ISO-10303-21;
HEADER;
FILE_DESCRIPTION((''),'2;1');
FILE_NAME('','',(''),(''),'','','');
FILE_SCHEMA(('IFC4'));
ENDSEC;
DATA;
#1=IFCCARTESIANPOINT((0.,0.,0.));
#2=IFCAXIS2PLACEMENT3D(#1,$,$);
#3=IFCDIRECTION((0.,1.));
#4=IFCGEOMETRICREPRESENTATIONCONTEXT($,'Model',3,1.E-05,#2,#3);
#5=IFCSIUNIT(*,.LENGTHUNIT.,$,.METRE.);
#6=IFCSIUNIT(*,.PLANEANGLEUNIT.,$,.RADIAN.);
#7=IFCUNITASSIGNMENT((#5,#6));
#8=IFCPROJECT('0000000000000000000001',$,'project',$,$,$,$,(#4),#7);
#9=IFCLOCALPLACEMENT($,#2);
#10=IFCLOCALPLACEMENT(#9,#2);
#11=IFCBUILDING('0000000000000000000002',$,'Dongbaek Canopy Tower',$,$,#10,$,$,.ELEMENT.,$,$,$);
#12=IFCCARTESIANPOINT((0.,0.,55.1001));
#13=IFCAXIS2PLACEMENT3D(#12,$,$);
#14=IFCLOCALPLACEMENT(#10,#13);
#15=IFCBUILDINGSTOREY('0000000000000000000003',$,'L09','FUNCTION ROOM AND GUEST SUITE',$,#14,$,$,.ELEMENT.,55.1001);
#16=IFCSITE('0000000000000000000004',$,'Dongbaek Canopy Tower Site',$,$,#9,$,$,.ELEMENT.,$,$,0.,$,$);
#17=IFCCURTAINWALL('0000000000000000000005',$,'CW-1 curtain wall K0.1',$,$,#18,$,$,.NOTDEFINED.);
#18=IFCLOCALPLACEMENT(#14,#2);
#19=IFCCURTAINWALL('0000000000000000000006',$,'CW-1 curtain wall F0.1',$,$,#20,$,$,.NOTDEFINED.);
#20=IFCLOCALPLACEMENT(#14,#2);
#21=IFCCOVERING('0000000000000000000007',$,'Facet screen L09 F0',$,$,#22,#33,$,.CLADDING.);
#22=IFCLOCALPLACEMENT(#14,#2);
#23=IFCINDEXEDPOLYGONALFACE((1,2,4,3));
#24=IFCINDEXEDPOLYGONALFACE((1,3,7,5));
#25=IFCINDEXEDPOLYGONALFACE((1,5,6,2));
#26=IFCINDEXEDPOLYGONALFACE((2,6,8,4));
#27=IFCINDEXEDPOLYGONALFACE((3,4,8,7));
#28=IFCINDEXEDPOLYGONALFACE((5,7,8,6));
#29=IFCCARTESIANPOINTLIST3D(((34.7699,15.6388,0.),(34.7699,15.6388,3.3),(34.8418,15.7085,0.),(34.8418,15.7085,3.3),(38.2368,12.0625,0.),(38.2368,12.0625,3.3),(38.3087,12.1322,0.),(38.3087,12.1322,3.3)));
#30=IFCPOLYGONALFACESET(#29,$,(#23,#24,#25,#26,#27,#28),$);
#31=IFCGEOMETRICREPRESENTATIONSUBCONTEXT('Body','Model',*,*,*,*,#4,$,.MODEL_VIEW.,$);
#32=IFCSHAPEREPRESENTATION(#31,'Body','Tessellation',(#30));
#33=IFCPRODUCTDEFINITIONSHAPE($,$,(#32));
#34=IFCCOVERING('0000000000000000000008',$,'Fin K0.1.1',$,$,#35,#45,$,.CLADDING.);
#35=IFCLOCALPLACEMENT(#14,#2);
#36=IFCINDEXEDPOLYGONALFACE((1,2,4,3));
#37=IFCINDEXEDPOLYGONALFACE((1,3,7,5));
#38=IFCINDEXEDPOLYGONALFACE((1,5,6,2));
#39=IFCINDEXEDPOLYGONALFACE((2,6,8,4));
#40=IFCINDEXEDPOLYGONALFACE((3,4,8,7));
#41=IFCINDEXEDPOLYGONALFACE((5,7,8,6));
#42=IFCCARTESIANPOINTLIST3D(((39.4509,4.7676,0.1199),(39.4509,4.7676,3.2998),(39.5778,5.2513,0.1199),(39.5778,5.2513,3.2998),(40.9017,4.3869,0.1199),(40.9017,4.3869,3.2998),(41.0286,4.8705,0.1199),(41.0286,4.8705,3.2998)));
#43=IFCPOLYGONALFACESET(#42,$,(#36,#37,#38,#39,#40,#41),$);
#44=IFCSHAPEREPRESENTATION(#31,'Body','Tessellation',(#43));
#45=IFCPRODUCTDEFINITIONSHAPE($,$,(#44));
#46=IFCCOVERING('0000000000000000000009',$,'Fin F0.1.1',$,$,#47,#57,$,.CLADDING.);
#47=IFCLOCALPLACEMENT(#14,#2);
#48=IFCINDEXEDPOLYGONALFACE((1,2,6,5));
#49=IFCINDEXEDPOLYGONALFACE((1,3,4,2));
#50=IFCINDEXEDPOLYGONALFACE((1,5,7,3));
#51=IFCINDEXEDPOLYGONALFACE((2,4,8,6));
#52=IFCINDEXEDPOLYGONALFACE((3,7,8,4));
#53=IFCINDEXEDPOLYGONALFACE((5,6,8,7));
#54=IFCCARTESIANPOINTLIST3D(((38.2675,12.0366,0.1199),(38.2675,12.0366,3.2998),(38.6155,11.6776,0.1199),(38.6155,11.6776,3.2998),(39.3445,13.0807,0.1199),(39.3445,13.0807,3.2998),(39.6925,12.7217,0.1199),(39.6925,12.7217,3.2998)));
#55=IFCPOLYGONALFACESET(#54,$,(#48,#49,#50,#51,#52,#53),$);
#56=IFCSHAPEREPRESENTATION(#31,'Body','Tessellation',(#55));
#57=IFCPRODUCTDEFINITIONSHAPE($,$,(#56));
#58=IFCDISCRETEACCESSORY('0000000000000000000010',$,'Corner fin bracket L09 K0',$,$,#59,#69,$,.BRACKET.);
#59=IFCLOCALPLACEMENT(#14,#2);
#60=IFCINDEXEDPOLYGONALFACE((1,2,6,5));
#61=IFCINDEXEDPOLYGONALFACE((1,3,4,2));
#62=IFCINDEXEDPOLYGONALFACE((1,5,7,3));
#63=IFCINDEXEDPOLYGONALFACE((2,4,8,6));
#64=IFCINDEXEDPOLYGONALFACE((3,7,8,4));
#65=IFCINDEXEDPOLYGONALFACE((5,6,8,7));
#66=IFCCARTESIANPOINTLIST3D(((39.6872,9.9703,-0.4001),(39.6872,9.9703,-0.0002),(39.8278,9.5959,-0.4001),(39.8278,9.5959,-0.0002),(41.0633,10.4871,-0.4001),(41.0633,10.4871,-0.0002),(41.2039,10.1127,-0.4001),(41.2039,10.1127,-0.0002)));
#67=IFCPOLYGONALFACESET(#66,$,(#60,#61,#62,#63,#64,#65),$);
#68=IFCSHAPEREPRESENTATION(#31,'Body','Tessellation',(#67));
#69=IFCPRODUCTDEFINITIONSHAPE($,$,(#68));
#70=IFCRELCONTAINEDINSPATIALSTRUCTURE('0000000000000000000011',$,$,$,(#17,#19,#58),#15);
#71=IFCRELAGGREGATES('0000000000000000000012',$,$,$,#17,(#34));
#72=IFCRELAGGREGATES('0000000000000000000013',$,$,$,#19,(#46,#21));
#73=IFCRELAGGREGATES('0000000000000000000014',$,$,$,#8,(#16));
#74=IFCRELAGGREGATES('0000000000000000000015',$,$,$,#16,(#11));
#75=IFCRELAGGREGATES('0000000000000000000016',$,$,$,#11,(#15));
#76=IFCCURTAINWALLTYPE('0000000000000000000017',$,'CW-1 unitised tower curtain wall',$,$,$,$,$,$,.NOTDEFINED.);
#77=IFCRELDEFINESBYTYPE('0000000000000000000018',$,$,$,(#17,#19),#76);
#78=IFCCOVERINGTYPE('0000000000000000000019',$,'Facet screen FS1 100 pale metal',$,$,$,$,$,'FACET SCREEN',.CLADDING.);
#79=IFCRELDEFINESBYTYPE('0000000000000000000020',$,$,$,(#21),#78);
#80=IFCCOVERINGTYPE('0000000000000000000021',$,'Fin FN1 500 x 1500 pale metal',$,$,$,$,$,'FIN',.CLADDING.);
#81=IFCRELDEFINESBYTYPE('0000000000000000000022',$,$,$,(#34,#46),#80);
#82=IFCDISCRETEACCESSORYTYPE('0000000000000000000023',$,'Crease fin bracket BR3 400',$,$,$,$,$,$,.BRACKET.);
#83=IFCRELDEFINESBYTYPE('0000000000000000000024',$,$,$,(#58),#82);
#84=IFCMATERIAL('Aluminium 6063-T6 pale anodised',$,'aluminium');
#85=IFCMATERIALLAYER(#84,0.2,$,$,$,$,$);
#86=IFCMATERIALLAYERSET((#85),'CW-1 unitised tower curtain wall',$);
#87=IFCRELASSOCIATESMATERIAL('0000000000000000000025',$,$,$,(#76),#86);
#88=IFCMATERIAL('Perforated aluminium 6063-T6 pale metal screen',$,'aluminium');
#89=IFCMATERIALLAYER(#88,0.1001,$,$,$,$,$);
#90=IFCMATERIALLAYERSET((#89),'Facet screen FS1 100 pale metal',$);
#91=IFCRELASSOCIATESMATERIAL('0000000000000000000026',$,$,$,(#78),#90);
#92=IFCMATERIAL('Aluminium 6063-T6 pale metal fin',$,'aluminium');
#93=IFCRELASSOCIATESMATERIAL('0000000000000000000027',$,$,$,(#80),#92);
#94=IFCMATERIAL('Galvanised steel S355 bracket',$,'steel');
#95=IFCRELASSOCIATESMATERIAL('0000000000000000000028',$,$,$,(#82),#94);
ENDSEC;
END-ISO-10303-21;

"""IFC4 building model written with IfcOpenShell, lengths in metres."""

from ifc_helpers import new_model, si_unit, direction, frame, origin, origin_2d, place, context, subcontext, project, spatial, rectangle, extrude, material, layer, layer_set, material_profile, profile_set, type_object, element, aggregate, save


model = new_model("IFC4")

# Units and contexts
model_context = context("Model", 3, precision=1e-05, world=origin(), true_north=direction((0.0, 1.0)))
body_context = subcontext(model_context, "Body", "Model", "MODEL_VIEW")
ifc_project = project(units=[si_unit("LENGTHUNIT", "METRE"), si_unit("PLANEANGLEUNIT", "RADIAN")], contexts=[model_context])

# Site, building, storey
site_placement = place(None, origin())
site = spatial("IfcSite", under=ifc_project, at=site_placement, Name="Dongbaek Canopy Tower Site", CompositionType="ELEMENT", RefElevation=0.0)
building_placement = place(site_placement, origin())
building = spatial("IfcBuilding", under=site, at=building_placement, Name="Dongbaek Canopy Tower", CompositionType="ELEMENT")
storey_placement = place(building_placement, frame((0.0, 0.0, 55.1001)))
storey = spatial("IfcBuildingStorey", under=building, at=storey_placement, Name="L09", Description="FUNCTION ROOM AND GUEST SUITE", CompositionType="ELEMENT", Elevation=55.1001)

# Curtain wall
ifc_material_1 = material(Name="Aluminium 6063-T6 pale anodised", Category="aluminium")
ifc_layer_1 = layer(ifc_material_1, 0.2)
ifc_layer_set_1 = layer_set([ifc_layer_1], Name="CW-1 unitised tower curtain wall")
curtain_wall_type = type_object("IfcCurtainWallType", Name="CW-1 unitised tower curtain wall", PredefinedType="NOTDEFINED", material=ifc_layer_set_1)
curtain_wall_1_placement = place(storey_placement, origin())
curtain_wall_1 = element("IfcCurtainWall", 1, at=curtain_wall_1_placement, inside=storey, type_object=curtain_wall_type, Name="CW-1 curtain wall K0.1", PredefinedType="NOTDEFINED")

# Curtain wall
curtain_wall_2_placement = place(storey_placement, origin())
curtain_wall_2 = element("IfcCurtainWall", 2, at=curtain_wall_2_placement, inside=storey, type_object=curtain_wall_type, Name="CW-1 curtain wall F0.1", PredefinedType="NOTDEFINED")

# Coverings
ifc_material_2 = material(Name="Perforated aluminium 6063-T6 pale metal screen", Category="aluminium")
ifc_layer_2 = layer(ifc_material_2, 0.1001)
ifc_layer_set_2 = layer_set([ifc_layer_2], Name="Facet screen FS1 100 pale metal")
covering_type_1 = type_object("IfcCoveringType", Name="Facet screen FS1 100 pale metal", ElementType="FACET SCREEN", PredefinedType="CLADDING", material=ifc_layer_set_2)
covering_1_placement = place(storey_placement, frame((36.5393, 13.8855, 0.0), z_axis=(0.0, 0.0, 1.0), x_axis=(-0.696039, 0.718004, 0.0)))
covering_1 = element("IfcCovering", 3, at=covering_1_placement, type_object=covering_type_1, Name="Facet screen L09 F0", PredefinedType="CLADDING", context=body_context, shape_type="SweptSolid", body=[
    extrude(rectangle(XDim=4.981, YDim=0.1001, at=origin_2d()), origin(), (0.0, 0.0, 1.0), 3.3),
])
ifc_material_3 = material(Name="Aluminium 6063-T6 pale metal fin", Category="aluminium")
ifc_material_profile_1 = material_profile(ifc_material_3, rectangle(XDim=1.5, YDim=0.5, at=origin_2d()), Name="Fin FN1 500 x 1500 pale metal")
ifc_profile_set_1 = profile_set([ifc_material_profile_1], Name="Aluminium 6063-T6 pale metal fin")
covering_type_2 = type_object("IfcCoveringType", Name="Fin FN1 500 x 1500 pale metal", ElementType="FIN", PredefinedType="CLADDING", material=ifc_profile_set_1)
covering_2_placement = place(storey_placement, frame((40.2397, 4.8191, 0.1199), z_axis=(0.0, 0.0, 1.0), x_axis=(0.96725, -0.253824, 0.0)))
covering_2 = element("IfcCovering", 4, at=covering_2_placement, type_object=covering_type_2, Name="Fin K0.1.1", PredefinedType="CLADDING", context=body_context, shape_type="SweptSolid", body=[
    extrude(rectangle(XDim=1.5, YDim=0.5, at=origin_2d()), origin(), (0.0, 0.0, 1.0), 3.1799),
])
aggregate(curtain_wall_1, [covering_2])
covering_3_placement = place(storey_placement, frame((38.98, 12.3792, 0.1199), z_axis=(0.0, 0.0, 1.0), x_axis=(0.718004, 0.696039, 0.0)))
covering_3 = element("IfcCovering", 5, at=covering_3_placement, type_object=covering_type_2, Name="Fin F0.1.1", PredefinedType="CLADDING", context=body_context, shape_type="SweptSolid", body=[
    extrude(rectangle(XDim=1.5, YDim=0.5, at=origin_2d()), origin(), (0.0, 0.0, 1.0), 3.1799),
])
aggregate(curtain_wall_2, [covering_3, covering_1])

# Discrete accessory
ifc_material_4 = material(Name="Galvanised steel S355 bracket", Category="steel")
discrete_accessory_type = type_object("IfcDiscreteAccessoryType", Name="Crease fin bracket BR3 400", PredefinedType="BRACKET", material=ifc_material_4)
discrete_accessory_placement = place(storey_placement, frame((40.4456, 10.0415, -0.4001), z_axis=(0.0, 0.0, 1.0), x_axis=(0.936155, 0.351588, 0.0)))
element("IfcDiscreteAccessory", 6, at=discrete_accessory_placement, inside=storey, type_object=discrete_accessory_type, Name="Corner fin bracket L09 K0", PredefinedType="BRACKET", context=body_context, shape_type="SweptSolid", body=[
    extrude(rectangle(XDim=1.47, YDim=0.3999, at=origin_2d()), origin(), (0.0, 0.0, 1.0), 0.3999),
])

save(model, "model.ifc")
